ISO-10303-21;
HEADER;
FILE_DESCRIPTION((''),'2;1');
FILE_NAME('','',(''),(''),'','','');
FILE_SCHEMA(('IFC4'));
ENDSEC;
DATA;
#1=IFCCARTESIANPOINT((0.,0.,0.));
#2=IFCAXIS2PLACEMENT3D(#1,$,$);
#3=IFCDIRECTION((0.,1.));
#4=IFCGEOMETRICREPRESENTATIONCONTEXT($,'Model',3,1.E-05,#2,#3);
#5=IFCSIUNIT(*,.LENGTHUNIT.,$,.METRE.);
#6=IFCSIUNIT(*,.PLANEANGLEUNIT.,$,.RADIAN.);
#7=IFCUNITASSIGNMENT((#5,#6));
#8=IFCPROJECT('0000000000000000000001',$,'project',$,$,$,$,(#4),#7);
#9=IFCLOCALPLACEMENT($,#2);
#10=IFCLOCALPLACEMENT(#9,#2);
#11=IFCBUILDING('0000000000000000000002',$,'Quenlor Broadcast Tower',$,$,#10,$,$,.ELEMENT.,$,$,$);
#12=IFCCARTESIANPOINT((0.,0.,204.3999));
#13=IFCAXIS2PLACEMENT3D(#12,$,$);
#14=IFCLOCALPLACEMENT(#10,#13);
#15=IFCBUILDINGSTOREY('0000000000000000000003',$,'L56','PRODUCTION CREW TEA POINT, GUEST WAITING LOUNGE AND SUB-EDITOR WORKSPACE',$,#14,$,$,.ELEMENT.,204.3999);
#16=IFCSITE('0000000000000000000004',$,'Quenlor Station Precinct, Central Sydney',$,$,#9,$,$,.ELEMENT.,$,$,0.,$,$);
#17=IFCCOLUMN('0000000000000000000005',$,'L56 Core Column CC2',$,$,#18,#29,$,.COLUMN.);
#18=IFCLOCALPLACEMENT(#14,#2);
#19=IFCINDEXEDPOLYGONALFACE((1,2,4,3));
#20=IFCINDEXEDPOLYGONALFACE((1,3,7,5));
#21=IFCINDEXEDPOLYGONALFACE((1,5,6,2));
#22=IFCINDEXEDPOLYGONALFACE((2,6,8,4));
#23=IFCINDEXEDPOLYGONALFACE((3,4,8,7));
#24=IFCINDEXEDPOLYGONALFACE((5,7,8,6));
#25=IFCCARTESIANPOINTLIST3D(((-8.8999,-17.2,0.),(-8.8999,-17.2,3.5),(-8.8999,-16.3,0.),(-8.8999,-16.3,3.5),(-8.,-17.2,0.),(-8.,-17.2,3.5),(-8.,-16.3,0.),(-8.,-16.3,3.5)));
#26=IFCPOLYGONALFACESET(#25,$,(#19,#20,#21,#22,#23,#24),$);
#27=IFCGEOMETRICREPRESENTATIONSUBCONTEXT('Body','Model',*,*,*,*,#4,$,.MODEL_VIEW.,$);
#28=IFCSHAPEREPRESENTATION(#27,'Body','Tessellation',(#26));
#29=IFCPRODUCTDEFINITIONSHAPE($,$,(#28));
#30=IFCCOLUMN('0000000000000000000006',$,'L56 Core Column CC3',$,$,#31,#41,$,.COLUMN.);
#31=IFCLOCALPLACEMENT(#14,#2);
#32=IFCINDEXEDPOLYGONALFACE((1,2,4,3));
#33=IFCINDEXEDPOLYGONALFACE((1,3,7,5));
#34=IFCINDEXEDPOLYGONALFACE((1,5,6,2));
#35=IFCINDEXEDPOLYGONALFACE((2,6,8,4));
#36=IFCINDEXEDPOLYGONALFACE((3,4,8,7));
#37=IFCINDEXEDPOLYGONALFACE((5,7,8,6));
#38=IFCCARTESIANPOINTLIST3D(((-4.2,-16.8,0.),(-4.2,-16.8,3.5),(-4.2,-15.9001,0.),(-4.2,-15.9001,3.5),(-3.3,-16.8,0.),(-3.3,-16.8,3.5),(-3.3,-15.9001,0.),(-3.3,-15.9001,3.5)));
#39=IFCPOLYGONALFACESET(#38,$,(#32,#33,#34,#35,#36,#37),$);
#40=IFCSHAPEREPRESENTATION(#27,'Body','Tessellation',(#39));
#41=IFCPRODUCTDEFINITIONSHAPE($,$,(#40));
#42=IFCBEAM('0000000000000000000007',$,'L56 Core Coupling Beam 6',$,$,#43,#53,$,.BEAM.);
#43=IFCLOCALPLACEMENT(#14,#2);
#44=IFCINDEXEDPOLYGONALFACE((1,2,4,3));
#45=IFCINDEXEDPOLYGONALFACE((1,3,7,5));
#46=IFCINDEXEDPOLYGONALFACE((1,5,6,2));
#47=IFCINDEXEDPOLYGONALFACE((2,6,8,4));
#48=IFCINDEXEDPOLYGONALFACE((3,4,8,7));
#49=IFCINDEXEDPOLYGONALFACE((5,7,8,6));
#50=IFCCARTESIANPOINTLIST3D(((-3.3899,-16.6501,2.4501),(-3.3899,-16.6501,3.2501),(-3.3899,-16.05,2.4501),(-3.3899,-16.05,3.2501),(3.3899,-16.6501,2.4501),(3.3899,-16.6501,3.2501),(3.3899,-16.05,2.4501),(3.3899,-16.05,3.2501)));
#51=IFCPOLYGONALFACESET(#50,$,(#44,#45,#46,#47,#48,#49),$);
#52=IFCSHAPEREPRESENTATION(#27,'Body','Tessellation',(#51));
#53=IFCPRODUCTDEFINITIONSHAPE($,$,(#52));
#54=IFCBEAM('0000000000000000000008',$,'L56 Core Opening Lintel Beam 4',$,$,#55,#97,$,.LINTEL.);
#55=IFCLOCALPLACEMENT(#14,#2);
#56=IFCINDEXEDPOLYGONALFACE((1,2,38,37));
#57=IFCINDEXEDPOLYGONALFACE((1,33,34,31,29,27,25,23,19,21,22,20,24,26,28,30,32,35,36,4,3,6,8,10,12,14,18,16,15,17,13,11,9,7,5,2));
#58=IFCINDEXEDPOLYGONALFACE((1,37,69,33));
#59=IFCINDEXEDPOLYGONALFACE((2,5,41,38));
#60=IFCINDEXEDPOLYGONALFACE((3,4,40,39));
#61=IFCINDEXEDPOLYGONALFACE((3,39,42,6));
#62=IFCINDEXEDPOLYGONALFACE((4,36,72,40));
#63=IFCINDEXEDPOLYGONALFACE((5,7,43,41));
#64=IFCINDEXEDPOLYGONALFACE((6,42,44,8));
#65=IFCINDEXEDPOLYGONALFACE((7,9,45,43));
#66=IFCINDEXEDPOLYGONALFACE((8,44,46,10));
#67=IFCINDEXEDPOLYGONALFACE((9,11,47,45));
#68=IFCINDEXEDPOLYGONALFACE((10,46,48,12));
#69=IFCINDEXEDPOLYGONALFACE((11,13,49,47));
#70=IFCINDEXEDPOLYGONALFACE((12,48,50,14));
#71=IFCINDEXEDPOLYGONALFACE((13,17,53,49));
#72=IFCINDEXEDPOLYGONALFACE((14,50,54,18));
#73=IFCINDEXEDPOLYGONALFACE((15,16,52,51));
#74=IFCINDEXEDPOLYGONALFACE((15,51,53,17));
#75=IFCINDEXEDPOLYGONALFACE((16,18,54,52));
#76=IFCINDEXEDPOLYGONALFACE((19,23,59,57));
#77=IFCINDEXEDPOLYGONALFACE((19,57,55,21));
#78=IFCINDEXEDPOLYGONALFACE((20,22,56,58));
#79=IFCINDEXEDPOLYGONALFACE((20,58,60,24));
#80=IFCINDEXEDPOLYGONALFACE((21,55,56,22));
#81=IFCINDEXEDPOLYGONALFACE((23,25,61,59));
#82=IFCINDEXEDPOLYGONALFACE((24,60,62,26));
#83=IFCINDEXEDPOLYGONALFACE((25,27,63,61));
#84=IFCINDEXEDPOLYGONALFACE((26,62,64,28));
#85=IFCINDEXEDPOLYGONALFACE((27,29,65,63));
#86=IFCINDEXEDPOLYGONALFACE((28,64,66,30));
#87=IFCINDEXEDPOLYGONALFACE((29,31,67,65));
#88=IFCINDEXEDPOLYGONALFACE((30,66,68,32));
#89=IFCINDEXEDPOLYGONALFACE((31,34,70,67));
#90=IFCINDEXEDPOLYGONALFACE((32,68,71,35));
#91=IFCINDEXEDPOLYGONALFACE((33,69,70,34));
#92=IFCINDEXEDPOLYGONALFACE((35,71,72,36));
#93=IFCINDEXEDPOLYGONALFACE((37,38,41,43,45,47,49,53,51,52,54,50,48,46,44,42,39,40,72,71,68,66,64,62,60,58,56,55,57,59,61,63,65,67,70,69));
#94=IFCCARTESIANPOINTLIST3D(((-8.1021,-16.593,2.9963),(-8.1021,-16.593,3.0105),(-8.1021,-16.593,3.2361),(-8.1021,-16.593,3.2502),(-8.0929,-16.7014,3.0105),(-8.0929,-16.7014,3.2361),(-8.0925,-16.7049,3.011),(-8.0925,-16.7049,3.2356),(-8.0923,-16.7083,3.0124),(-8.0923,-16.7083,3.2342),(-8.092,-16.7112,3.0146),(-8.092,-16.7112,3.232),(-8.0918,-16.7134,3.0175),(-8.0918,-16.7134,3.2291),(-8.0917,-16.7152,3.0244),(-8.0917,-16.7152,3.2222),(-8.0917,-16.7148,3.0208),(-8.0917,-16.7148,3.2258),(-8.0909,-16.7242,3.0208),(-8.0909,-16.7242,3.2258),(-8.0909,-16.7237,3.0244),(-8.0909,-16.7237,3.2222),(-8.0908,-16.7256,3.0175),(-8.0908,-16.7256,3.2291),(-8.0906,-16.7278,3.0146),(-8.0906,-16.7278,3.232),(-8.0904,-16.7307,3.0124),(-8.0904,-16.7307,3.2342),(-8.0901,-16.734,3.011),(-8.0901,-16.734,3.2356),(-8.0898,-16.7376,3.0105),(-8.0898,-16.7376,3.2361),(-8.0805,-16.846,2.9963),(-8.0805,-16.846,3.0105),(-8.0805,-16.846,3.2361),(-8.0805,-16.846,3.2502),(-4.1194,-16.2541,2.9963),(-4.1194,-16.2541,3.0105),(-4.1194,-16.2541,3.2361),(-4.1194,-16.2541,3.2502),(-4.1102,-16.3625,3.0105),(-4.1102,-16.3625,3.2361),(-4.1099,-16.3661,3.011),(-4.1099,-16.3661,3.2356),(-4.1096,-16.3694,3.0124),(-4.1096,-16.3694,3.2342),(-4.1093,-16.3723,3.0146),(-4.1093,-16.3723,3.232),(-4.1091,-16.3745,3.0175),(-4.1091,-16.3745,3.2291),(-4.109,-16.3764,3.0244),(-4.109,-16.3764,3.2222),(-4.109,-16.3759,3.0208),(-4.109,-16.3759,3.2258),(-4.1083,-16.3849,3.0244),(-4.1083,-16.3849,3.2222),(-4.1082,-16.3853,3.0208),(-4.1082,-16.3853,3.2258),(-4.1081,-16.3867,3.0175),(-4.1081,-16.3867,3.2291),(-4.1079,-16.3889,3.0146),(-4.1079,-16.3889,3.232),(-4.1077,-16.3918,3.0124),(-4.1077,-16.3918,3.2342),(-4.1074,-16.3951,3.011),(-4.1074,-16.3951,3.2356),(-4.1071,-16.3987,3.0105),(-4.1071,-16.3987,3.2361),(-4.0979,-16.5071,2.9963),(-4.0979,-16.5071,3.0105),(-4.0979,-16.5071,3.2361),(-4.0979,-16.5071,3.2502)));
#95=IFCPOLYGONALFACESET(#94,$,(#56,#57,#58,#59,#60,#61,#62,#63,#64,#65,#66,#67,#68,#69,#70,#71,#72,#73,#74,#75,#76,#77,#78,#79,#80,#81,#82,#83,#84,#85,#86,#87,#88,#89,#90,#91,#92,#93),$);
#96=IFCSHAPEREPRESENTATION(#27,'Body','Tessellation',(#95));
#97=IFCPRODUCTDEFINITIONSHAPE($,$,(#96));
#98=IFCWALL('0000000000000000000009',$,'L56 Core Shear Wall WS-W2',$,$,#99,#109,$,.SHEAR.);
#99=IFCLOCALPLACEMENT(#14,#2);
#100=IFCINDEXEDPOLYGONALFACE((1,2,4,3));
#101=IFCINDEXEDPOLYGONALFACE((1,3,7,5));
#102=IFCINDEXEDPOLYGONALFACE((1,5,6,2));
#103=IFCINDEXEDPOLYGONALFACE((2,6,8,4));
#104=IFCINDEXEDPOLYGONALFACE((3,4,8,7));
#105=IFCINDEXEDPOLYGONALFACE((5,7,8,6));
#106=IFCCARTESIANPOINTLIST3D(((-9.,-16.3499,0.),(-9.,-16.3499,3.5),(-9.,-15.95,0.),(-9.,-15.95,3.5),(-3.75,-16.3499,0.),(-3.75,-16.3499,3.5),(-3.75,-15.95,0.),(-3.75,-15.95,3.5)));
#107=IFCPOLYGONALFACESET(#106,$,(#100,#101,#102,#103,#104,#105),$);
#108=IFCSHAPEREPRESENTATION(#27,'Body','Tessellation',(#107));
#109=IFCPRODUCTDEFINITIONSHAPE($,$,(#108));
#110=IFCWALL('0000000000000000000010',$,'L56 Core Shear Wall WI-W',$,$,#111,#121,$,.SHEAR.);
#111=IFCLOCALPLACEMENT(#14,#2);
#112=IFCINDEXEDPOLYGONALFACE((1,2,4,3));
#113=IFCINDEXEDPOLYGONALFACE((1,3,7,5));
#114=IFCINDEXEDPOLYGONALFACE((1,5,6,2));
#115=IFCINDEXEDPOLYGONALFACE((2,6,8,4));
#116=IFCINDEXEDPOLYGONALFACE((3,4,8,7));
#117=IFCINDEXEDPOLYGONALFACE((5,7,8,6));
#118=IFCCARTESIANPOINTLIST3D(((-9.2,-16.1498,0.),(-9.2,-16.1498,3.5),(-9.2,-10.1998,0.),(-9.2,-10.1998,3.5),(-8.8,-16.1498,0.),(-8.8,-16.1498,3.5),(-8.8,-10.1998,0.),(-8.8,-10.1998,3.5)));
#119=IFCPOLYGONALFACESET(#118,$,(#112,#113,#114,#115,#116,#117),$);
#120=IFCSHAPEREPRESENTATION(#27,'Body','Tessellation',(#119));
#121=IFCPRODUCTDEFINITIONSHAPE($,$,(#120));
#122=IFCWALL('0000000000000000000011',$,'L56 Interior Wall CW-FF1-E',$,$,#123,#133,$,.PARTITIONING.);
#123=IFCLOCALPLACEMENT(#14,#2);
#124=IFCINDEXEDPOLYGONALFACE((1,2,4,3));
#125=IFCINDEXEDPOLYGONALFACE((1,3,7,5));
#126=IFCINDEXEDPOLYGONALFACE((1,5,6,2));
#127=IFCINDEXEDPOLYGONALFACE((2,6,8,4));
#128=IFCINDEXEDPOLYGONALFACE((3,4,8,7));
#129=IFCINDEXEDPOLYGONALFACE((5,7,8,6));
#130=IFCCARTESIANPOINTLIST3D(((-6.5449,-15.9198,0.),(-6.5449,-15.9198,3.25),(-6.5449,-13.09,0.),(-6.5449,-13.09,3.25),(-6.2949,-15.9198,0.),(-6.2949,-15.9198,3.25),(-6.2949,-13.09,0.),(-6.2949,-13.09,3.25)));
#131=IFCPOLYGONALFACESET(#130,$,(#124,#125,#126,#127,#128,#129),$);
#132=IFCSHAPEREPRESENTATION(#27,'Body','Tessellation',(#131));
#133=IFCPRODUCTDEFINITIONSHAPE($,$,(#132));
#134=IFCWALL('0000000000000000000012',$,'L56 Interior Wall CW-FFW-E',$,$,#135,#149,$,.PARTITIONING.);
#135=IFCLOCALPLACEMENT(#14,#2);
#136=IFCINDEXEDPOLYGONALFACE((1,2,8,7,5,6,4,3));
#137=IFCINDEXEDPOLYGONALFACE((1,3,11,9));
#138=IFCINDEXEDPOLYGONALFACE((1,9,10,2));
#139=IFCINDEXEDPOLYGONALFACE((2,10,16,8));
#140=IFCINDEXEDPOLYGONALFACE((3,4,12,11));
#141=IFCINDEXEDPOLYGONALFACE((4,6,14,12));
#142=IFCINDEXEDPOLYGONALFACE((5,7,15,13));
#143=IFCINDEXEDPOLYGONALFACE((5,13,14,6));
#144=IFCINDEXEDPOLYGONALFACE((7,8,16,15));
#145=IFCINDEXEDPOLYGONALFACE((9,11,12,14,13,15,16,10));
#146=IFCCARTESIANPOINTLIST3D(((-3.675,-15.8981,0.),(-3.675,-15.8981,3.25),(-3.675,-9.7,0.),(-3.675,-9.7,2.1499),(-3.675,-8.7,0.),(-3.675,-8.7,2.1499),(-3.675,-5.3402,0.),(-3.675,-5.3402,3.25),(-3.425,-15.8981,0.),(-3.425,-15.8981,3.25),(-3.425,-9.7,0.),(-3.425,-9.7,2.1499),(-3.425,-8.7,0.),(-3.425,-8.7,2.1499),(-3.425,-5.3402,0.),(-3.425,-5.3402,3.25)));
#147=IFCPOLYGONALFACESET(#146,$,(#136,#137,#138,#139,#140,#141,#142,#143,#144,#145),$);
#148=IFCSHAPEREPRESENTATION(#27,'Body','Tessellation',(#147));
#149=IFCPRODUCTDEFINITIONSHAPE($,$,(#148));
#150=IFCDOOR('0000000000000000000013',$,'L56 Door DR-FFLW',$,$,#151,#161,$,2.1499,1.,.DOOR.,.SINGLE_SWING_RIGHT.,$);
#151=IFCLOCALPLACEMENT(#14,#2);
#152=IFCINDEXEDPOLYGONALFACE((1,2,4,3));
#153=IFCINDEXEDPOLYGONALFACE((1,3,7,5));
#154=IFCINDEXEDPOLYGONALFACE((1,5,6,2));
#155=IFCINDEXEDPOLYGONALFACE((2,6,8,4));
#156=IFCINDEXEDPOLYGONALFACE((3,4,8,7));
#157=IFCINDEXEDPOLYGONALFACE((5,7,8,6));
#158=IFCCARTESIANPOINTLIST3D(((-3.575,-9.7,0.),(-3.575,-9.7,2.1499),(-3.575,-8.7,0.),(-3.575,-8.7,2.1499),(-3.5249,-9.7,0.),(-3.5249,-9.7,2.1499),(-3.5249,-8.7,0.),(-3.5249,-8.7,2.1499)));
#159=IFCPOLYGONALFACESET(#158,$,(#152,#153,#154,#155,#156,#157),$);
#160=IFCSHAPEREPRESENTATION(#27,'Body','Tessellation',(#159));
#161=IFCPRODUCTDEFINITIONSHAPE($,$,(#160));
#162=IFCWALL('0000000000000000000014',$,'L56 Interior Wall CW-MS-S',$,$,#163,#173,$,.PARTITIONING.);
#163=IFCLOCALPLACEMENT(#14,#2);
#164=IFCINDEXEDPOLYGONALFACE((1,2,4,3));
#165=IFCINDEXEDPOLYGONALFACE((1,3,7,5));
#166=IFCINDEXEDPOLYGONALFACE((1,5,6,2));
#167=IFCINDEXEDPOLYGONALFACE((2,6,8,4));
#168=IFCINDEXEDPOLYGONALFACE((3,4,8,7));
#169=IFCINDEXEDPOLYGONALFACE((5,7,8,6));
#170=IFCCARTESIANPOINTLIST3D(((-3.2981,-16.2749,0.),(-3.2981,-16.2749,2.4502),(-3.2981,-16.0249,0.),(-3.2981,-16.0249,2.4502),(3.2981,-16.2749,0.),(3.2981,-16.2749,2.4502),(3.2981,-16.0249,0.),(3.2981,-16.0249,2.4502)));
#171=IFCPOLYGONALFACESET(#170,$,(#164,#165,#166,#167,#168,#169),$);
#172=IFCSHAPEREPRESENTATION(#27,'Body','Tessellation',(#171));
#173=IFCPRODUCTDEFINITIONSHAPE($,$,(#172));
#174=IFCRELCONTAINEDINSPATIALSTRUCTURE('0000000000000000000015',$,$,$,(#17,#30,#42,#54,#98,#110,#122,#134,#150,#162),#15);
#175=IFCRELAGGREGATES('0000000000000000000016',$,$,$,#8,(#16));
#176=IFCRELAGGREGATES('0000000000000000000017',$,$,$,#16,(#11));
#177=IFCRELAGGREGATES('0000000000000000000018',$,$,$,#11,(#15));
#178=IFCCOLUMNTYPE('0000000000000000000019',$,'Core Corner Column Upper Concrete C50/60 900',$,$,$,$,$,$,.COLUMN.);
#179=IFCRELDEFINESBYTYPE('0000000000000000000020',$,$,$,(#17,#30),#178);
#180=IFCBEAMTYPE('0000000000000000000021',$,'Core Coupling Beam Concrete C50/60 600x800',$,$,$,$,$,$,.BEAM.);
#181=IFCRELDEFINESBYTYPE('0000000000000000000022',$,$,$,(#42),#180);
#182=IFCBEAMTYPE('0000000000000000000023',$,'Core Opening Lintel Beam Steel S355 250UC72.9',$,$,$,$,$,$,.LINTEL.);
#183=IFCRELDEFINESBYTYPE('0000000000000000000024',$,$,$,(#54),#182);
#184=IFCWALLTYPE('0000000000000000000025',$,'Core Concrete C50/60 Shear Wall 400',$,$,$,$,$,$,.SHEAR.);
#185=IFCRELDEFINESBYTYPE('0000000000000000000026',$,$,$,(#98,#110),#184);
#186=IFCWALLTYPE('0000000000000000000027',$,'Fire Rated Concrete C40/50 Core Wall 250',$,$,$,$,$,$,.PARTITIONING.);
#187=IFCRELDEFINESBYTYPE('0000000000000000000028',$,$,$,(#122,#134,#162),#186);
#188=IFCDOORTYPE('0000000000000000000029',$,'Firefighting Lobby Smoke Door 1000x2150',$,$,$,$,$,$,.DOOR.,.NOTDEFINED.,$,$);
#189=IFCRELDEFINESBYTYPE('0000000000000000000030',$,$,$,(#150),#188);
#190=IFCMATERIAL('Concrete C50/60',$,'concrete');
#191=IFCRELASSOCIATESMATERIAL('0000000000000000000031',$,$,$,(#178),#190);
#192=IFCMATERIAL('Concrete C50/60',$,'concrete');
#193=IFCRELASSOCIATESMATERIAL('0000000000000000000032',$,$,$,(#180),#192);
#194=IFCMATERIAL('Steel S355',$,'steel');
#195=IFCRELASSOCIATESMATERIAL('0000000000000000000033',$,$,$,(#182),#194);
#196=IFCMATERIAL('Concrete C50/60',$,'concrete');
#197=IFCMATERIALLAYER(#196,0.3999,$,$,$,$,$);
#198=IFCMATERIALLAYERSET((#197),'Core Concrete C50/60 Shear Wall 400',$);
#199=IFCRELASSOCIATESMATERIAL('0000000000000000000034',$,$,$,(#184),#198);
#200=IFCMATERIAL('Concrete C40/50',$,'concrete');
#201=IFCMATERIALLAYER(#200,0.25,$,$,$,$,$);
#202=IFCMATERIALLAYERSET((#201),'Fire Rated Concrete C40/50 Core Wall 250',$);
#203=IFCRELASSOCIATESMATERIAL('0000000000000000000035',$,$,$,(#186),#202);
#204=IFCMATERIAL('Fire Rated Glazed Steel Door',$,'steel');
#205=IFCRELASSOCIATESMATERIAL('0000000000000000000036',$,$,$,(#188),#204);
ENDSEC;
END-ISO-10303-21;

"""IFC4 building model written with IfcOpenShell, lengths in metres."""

from ifc_helpers import new_model, si_unit, direction, frame, frame_2d, origin, origin_2d, place, context, subcontext, project, spatial, rectangle, i_section, extrude, material, layer, layer_set, material_profile, profile_set, type_object, element, fill, save


model = new_model("IFC4")

# Units and contexts
model_context = context("Model", 3, precision=1e-05, world=origin(), true_north=direction((0.0, 1.0)))
body_context = subcontext(model_context, "Body", "Model", "MODEL_VIEW")
ifc_project = project(units=[si_unit("LENGTHUNIT", "METRE"), si_unit("PLANEANGLEUNIT", "RADIAN")], contexts=[model_context])

# Site, building, storey
site_placement = place(None, origin())
site = spatial("IfcSite", under=ifc_project, at=site_placement, Name="Quenlor Station Precinct, Central Sydney", CompositionType="ELEMENT", RefElevation=0.0)
building_placement = place(site_placement, origin())
building = spatial("IfcBuilding", under=site, at=building_placement, Name="Quenlor Broadcast Tower", CompositionType="ELEMENT")
storey_placement = place(building_placement, frame((0.0, 0.0, 204.3999)))
storey = spatial("IfcBuildingStorey", under=building, at=storey_placement, Name="L56", Description="PRODUCTION CREW TEA POINT, GUEST WAITING LOUNGE AND SUB-EDITOR WORKSPACE", CompositionType="ELEMENT", Elevation=204.3999)

# Columns
ifc_material_1 = material(Name="Concrete C50/60", Category="concrete")
ifc_material_profile_1 = material_profile(ifc_material_1, rectangle(XDim=0.8999, YDim=0.8999, at=origin_2d()))
ifc_profile_set_1 = profile_set([ifc_material_profile_1], Name="Concrete C50/60 RC900x900")
column_type = type_object("IfcColumnType", Name="Core Corner Column Upper Concrete C50/60 900", PredefinedType="COLUMN", material=ifc_profile_set_1)
for number, where, z_axis, x_axis, name in (
    (1, (-8.45, -16.75, 0.0), (0.0, 0.0, 1.0), (1.0, 0.0, 0.0), "L56 Core Column CC2"),
    (2, (-3.75, -16.3501, 0.0), (0.0, 0.0, 1.0), (1.0, 0.0, 0.0), "L56 Core Column CC3"),
):
    element("IfcColumn", number, at=place(storey_placement, frame(where, z_axis=z_axis, x_axis=x_axis)), inside=storey, type_object=column_type, Name=name, PredefinedType="COLUMN", context=body_context, shape_type="SweptSolid", body=[
        extrude(rectangle(XDim=0.8999, YDim=0.8999, at=origin_2d()), origin(), (0.0, 0.0, 1.0), 3.5),
    ])

# Beams
ifc_material_2 = material(Name="Concrete C50/60", Category="concrete")
ifc_material_profile_2 = material_profile(ifc_material_2, rectangle(XDim=0.6001, YDim=0.8, at=origin_2d()))
ifc_profile_set_2 = profile_set([ifc_material_profile_2], Name="Concrete C50/60 RCB600x800")
beam_type_1 = type_object("IfcBeamType", Name="Core Coupling Beam Concrete C50/60 600x800", PredefinedType="BEAM", material=ifc_profile_set_2)
beam_1_placement = place(storey_placement, frame((-3.3899, -16.3501, 2.8501), z_axis=(1.0, 0.0, 0.0), x_axis=(0.0, 1.0, 0.0)))
element("IfcBeam", 3, at=beam_1_placement, inside=storey, type_object=beam_type_1, Name="L56 Core Coupling Beam 6", PredefinedType="BEAM", context=body_context, shape_type="SweptSolid", body=[
    extrude(rectangle(XDim=0.6001, YDim=0.8, at=origin_2d()), origin(), (0.0, 0.0, 1.0), 6.7798),
])
ifc_material_3 = material(Name="Steel S355", Category="steel")
ifc_material_profile_3 = material_profile(ifc_material_3, i_section(OverallWidth=0.2539, OverallDepth=0.2539, WebThickness=0.0085, FlangeThickness=0.0142, FilletRadius=0.0139, at=origin_2d()))
ifc_profile_set_3 = profile_set([ifc_material_profile_3], Name="Steel S355 250UC72.9")
beam_type_2 = type_object("IfcBeamType", Name="Core Opening Lintel Beam Steel S355 250UC72.9", PredefinedType="LINTEL", material=ifc_profile_set_3)
beam_2_placement = place(storey_placement, frame((-8.0913, -16.7195, 3.1233), z_axis=(0.9964, 0.084779, 0.0), x_axis=(-0.084779, 0.9964, 0.0)))
element("IfcBeam", 4, at=beam_2_placement, inside=storey, type_object=beam_type_2, Name="L56 Core Opening Lintel Beam 4", PredefinedType="LINTEL", context=body_context, shape_type="SweptSolid", body=[
    extrude(i_section(OverallWidth=0.2539, OverallDepth=0.2539, WebThickness=0.0085, FlangeThickness=0.0142, FilletRadius=0.0139, at=origin_2d()), origin(), (0.0, 0.0, 1.0), 3.9971),
])

# Walls
ifc_material_4 = material(Name="Concrete C50/60", Category="concrete")
ifc_layer_1 = layer(ifc_material_4, 0.3999)
ifc_layer_set_1 = layer_set([ifc_layer_1], Name="Core Concrete C50/60 Shear Wall 400")
wall_type_1 = type_object("IfcWallType", Name="Core Concrete C50/60 Shear Wall 400", PredefinedType="SHEAR", material=ifc_layer_set_1)
wall_1_placement = place(storey_placement, frame((-9.0, -16.1499, 0.0), z_axis=(0.0, 0.0, 1.0), x_axis=(1.0, 0.0, 0.0)))
element("IfcWall", 5, at=wall_1_placement, inside=storey, type_object=wall_type_1, Name="L56 Core Shear Wall WS-W2", PredefinedType="SHEAR", context=body_context, shape_type="SweptSolid", body=[
    extrude(rectangle(XDim=5.25, YDim=0.3999, at=frame_2d((2.625, 0.0))), origin(), (0.0, 0.0, 1.0), 3.5),
])
wall_2_placement = place(storey_placement, frame((-9.0, -16.1499, 0.0), z_axis=(0.0, 0.0, 1.0), x_axis=(0.0, 1.0, 0.0)))
element("IfcWall", 6, at=wall_2_placement, inside=storey, type_object=wall_type_1, Name="L56 Core Shear Wall WI-W", PredefinedType="SHEAR", context=body_context, shape_type="SweptSolid", body=[
    extrude(rectangle(XDim=5.95, YDim=0.3999, at=frame_2d((2.9751, 0.0))), origin(), (0.0, 0.0, 1.0), 3.5),
])

# Shared definitions
ifc_material_5 = material(Name="Concrete C40/50", Category="concrete")
ifc_layer_2 = layer(ifc_material_5, 0.25)
ifc_layer_set_2 = layer_set([ifc_layer_2], Name="Fire Rated Concrete C40/50 Core Wall 250")
wall_type_2 = type_object("IfcWallType", Name="Fire Rated Concrete C40/50 Core Wall 250", PredefinedType="PARTITIONING", material=ifc_layer_set_2)

# Wall
wall_3_placement = place(storey_placement, frame((-6.4199, -15.9199, 0.0), z_axis=(0.0, 0.0, 1.0), x_axis=(0.0, 1.0, 0.0)))
element("IfcWall", 7, at=wall_3_placement, inside=storey, type_object=wall_type_2, Name="L56 Interior Wall CW-FF1-E", PredefinedType="PARTITIONING", context=body_context, shape_type="SweptSolid", body=[
    extrude(rectangle(XDim=2.8298, YDim=0.25, at=frame_2d((1.415, 0.0))), origin(), (0.0, 0.0, 1.0), 3.25),
])

# Wall, opening, door
wall_4_placement = place(storey_placement, frame((-3.55, -15.8979, 0.0), z_axis=(0.0, 0.0, 1.0), x_axis=(0.0, 1.0, 0.0)))
wall_4 = element("IfcWall", 8, at=wall_4_placement, inside=storey, type_object=wall_type_2, Name="L56 Interior Wall CW-FFW-E", PredefinedType="PARTITIONING", context=body_context, shape_type="SweptSolid", body=[
    extrude(rectangle(XDim=10.5579, YDim=0.25, at=frame_2d((5.2788, 0.0))), origin(), (0.0, 0.0, 1.0), 3.25),
])
opening_1_placement = place(wall_4_placement, frame((6.198, 0.0, 0.0)))
opening_1 = element("IfcOpeningElement", 9, at=opening_1_placement, cuts=wall_4, PredefinedType="OPENING", context=body_context, shape_type="SweptSolid", body=[
    extrude(rectangle(XDim=1.0, YDim=2.1499, at=frame_2d((0.5, 1.075))), frame((0.0, 0.135, 0.0), z_axis=(0.0, -1.0, 0.0), x_axis=(1.0, 0.0, 0.0)), (0.0, 0.0, 1.0), 0.27),
])
ifc_material_6 = material(Name="Fire Rated Glazed Steel Door", Category="steel")
door_type_1 = type_object("IfcDoorType", Name="Firefighting Lobby Smoke Door 1000x2150", OperationType="NOTDEFINED", PredefinedType="DOOR", material=ifc_material_6)
door_1_placement = place(opening_1_placement, origin())
door_1 = element("IfcDoor", 10, at=door_1_placement, inside=storey, type_object=door_type_1, Name="L56 Door DR-FFLW", OperationType="SINGLE_SWING_RIGHT", OverallHeight=2.1499, OverallWidth=1.0, PredefinedType="DOOR", context=body_context, shape_type="SweptSolid", body=[
    extrude(rectangle(XDim=1.0, YDim=2.1499, at=frame_2d((0.5, 1.075))), frame((0.0, 0.0249, 0.0), z_axis=(0.0, -1.0, 0.0), x_axis=(1.0, 0.0, 0.0)), (0.0, 0.0, 1.0), 0.05),
])
fill(opening_1, door_1)

# Wall
wall_5_placement = place(storey_placement, frame((-3.2981, -16.1499, 0.0), z_axis=(0.0, 0.0, 1.0), x_axis=(1.0, 0.0, 0.0)))
element("IfcWall", 11, at=wall_5_placement, inside=storey, type_object=wall_type_2, Name="L56 Interior Wall CW-MS-S", PredefinedType="PARTITIONING", context=body_context, shape_type="SweptSolid", body=[
    extrude(rectangle(XDim=6.5962, YDim=0.25, at=frame_2d((3.2981, 0.0))), origin(), (0.0, 0.0, 1.0), 2.4502),
])

save(model, "model.ifc")
